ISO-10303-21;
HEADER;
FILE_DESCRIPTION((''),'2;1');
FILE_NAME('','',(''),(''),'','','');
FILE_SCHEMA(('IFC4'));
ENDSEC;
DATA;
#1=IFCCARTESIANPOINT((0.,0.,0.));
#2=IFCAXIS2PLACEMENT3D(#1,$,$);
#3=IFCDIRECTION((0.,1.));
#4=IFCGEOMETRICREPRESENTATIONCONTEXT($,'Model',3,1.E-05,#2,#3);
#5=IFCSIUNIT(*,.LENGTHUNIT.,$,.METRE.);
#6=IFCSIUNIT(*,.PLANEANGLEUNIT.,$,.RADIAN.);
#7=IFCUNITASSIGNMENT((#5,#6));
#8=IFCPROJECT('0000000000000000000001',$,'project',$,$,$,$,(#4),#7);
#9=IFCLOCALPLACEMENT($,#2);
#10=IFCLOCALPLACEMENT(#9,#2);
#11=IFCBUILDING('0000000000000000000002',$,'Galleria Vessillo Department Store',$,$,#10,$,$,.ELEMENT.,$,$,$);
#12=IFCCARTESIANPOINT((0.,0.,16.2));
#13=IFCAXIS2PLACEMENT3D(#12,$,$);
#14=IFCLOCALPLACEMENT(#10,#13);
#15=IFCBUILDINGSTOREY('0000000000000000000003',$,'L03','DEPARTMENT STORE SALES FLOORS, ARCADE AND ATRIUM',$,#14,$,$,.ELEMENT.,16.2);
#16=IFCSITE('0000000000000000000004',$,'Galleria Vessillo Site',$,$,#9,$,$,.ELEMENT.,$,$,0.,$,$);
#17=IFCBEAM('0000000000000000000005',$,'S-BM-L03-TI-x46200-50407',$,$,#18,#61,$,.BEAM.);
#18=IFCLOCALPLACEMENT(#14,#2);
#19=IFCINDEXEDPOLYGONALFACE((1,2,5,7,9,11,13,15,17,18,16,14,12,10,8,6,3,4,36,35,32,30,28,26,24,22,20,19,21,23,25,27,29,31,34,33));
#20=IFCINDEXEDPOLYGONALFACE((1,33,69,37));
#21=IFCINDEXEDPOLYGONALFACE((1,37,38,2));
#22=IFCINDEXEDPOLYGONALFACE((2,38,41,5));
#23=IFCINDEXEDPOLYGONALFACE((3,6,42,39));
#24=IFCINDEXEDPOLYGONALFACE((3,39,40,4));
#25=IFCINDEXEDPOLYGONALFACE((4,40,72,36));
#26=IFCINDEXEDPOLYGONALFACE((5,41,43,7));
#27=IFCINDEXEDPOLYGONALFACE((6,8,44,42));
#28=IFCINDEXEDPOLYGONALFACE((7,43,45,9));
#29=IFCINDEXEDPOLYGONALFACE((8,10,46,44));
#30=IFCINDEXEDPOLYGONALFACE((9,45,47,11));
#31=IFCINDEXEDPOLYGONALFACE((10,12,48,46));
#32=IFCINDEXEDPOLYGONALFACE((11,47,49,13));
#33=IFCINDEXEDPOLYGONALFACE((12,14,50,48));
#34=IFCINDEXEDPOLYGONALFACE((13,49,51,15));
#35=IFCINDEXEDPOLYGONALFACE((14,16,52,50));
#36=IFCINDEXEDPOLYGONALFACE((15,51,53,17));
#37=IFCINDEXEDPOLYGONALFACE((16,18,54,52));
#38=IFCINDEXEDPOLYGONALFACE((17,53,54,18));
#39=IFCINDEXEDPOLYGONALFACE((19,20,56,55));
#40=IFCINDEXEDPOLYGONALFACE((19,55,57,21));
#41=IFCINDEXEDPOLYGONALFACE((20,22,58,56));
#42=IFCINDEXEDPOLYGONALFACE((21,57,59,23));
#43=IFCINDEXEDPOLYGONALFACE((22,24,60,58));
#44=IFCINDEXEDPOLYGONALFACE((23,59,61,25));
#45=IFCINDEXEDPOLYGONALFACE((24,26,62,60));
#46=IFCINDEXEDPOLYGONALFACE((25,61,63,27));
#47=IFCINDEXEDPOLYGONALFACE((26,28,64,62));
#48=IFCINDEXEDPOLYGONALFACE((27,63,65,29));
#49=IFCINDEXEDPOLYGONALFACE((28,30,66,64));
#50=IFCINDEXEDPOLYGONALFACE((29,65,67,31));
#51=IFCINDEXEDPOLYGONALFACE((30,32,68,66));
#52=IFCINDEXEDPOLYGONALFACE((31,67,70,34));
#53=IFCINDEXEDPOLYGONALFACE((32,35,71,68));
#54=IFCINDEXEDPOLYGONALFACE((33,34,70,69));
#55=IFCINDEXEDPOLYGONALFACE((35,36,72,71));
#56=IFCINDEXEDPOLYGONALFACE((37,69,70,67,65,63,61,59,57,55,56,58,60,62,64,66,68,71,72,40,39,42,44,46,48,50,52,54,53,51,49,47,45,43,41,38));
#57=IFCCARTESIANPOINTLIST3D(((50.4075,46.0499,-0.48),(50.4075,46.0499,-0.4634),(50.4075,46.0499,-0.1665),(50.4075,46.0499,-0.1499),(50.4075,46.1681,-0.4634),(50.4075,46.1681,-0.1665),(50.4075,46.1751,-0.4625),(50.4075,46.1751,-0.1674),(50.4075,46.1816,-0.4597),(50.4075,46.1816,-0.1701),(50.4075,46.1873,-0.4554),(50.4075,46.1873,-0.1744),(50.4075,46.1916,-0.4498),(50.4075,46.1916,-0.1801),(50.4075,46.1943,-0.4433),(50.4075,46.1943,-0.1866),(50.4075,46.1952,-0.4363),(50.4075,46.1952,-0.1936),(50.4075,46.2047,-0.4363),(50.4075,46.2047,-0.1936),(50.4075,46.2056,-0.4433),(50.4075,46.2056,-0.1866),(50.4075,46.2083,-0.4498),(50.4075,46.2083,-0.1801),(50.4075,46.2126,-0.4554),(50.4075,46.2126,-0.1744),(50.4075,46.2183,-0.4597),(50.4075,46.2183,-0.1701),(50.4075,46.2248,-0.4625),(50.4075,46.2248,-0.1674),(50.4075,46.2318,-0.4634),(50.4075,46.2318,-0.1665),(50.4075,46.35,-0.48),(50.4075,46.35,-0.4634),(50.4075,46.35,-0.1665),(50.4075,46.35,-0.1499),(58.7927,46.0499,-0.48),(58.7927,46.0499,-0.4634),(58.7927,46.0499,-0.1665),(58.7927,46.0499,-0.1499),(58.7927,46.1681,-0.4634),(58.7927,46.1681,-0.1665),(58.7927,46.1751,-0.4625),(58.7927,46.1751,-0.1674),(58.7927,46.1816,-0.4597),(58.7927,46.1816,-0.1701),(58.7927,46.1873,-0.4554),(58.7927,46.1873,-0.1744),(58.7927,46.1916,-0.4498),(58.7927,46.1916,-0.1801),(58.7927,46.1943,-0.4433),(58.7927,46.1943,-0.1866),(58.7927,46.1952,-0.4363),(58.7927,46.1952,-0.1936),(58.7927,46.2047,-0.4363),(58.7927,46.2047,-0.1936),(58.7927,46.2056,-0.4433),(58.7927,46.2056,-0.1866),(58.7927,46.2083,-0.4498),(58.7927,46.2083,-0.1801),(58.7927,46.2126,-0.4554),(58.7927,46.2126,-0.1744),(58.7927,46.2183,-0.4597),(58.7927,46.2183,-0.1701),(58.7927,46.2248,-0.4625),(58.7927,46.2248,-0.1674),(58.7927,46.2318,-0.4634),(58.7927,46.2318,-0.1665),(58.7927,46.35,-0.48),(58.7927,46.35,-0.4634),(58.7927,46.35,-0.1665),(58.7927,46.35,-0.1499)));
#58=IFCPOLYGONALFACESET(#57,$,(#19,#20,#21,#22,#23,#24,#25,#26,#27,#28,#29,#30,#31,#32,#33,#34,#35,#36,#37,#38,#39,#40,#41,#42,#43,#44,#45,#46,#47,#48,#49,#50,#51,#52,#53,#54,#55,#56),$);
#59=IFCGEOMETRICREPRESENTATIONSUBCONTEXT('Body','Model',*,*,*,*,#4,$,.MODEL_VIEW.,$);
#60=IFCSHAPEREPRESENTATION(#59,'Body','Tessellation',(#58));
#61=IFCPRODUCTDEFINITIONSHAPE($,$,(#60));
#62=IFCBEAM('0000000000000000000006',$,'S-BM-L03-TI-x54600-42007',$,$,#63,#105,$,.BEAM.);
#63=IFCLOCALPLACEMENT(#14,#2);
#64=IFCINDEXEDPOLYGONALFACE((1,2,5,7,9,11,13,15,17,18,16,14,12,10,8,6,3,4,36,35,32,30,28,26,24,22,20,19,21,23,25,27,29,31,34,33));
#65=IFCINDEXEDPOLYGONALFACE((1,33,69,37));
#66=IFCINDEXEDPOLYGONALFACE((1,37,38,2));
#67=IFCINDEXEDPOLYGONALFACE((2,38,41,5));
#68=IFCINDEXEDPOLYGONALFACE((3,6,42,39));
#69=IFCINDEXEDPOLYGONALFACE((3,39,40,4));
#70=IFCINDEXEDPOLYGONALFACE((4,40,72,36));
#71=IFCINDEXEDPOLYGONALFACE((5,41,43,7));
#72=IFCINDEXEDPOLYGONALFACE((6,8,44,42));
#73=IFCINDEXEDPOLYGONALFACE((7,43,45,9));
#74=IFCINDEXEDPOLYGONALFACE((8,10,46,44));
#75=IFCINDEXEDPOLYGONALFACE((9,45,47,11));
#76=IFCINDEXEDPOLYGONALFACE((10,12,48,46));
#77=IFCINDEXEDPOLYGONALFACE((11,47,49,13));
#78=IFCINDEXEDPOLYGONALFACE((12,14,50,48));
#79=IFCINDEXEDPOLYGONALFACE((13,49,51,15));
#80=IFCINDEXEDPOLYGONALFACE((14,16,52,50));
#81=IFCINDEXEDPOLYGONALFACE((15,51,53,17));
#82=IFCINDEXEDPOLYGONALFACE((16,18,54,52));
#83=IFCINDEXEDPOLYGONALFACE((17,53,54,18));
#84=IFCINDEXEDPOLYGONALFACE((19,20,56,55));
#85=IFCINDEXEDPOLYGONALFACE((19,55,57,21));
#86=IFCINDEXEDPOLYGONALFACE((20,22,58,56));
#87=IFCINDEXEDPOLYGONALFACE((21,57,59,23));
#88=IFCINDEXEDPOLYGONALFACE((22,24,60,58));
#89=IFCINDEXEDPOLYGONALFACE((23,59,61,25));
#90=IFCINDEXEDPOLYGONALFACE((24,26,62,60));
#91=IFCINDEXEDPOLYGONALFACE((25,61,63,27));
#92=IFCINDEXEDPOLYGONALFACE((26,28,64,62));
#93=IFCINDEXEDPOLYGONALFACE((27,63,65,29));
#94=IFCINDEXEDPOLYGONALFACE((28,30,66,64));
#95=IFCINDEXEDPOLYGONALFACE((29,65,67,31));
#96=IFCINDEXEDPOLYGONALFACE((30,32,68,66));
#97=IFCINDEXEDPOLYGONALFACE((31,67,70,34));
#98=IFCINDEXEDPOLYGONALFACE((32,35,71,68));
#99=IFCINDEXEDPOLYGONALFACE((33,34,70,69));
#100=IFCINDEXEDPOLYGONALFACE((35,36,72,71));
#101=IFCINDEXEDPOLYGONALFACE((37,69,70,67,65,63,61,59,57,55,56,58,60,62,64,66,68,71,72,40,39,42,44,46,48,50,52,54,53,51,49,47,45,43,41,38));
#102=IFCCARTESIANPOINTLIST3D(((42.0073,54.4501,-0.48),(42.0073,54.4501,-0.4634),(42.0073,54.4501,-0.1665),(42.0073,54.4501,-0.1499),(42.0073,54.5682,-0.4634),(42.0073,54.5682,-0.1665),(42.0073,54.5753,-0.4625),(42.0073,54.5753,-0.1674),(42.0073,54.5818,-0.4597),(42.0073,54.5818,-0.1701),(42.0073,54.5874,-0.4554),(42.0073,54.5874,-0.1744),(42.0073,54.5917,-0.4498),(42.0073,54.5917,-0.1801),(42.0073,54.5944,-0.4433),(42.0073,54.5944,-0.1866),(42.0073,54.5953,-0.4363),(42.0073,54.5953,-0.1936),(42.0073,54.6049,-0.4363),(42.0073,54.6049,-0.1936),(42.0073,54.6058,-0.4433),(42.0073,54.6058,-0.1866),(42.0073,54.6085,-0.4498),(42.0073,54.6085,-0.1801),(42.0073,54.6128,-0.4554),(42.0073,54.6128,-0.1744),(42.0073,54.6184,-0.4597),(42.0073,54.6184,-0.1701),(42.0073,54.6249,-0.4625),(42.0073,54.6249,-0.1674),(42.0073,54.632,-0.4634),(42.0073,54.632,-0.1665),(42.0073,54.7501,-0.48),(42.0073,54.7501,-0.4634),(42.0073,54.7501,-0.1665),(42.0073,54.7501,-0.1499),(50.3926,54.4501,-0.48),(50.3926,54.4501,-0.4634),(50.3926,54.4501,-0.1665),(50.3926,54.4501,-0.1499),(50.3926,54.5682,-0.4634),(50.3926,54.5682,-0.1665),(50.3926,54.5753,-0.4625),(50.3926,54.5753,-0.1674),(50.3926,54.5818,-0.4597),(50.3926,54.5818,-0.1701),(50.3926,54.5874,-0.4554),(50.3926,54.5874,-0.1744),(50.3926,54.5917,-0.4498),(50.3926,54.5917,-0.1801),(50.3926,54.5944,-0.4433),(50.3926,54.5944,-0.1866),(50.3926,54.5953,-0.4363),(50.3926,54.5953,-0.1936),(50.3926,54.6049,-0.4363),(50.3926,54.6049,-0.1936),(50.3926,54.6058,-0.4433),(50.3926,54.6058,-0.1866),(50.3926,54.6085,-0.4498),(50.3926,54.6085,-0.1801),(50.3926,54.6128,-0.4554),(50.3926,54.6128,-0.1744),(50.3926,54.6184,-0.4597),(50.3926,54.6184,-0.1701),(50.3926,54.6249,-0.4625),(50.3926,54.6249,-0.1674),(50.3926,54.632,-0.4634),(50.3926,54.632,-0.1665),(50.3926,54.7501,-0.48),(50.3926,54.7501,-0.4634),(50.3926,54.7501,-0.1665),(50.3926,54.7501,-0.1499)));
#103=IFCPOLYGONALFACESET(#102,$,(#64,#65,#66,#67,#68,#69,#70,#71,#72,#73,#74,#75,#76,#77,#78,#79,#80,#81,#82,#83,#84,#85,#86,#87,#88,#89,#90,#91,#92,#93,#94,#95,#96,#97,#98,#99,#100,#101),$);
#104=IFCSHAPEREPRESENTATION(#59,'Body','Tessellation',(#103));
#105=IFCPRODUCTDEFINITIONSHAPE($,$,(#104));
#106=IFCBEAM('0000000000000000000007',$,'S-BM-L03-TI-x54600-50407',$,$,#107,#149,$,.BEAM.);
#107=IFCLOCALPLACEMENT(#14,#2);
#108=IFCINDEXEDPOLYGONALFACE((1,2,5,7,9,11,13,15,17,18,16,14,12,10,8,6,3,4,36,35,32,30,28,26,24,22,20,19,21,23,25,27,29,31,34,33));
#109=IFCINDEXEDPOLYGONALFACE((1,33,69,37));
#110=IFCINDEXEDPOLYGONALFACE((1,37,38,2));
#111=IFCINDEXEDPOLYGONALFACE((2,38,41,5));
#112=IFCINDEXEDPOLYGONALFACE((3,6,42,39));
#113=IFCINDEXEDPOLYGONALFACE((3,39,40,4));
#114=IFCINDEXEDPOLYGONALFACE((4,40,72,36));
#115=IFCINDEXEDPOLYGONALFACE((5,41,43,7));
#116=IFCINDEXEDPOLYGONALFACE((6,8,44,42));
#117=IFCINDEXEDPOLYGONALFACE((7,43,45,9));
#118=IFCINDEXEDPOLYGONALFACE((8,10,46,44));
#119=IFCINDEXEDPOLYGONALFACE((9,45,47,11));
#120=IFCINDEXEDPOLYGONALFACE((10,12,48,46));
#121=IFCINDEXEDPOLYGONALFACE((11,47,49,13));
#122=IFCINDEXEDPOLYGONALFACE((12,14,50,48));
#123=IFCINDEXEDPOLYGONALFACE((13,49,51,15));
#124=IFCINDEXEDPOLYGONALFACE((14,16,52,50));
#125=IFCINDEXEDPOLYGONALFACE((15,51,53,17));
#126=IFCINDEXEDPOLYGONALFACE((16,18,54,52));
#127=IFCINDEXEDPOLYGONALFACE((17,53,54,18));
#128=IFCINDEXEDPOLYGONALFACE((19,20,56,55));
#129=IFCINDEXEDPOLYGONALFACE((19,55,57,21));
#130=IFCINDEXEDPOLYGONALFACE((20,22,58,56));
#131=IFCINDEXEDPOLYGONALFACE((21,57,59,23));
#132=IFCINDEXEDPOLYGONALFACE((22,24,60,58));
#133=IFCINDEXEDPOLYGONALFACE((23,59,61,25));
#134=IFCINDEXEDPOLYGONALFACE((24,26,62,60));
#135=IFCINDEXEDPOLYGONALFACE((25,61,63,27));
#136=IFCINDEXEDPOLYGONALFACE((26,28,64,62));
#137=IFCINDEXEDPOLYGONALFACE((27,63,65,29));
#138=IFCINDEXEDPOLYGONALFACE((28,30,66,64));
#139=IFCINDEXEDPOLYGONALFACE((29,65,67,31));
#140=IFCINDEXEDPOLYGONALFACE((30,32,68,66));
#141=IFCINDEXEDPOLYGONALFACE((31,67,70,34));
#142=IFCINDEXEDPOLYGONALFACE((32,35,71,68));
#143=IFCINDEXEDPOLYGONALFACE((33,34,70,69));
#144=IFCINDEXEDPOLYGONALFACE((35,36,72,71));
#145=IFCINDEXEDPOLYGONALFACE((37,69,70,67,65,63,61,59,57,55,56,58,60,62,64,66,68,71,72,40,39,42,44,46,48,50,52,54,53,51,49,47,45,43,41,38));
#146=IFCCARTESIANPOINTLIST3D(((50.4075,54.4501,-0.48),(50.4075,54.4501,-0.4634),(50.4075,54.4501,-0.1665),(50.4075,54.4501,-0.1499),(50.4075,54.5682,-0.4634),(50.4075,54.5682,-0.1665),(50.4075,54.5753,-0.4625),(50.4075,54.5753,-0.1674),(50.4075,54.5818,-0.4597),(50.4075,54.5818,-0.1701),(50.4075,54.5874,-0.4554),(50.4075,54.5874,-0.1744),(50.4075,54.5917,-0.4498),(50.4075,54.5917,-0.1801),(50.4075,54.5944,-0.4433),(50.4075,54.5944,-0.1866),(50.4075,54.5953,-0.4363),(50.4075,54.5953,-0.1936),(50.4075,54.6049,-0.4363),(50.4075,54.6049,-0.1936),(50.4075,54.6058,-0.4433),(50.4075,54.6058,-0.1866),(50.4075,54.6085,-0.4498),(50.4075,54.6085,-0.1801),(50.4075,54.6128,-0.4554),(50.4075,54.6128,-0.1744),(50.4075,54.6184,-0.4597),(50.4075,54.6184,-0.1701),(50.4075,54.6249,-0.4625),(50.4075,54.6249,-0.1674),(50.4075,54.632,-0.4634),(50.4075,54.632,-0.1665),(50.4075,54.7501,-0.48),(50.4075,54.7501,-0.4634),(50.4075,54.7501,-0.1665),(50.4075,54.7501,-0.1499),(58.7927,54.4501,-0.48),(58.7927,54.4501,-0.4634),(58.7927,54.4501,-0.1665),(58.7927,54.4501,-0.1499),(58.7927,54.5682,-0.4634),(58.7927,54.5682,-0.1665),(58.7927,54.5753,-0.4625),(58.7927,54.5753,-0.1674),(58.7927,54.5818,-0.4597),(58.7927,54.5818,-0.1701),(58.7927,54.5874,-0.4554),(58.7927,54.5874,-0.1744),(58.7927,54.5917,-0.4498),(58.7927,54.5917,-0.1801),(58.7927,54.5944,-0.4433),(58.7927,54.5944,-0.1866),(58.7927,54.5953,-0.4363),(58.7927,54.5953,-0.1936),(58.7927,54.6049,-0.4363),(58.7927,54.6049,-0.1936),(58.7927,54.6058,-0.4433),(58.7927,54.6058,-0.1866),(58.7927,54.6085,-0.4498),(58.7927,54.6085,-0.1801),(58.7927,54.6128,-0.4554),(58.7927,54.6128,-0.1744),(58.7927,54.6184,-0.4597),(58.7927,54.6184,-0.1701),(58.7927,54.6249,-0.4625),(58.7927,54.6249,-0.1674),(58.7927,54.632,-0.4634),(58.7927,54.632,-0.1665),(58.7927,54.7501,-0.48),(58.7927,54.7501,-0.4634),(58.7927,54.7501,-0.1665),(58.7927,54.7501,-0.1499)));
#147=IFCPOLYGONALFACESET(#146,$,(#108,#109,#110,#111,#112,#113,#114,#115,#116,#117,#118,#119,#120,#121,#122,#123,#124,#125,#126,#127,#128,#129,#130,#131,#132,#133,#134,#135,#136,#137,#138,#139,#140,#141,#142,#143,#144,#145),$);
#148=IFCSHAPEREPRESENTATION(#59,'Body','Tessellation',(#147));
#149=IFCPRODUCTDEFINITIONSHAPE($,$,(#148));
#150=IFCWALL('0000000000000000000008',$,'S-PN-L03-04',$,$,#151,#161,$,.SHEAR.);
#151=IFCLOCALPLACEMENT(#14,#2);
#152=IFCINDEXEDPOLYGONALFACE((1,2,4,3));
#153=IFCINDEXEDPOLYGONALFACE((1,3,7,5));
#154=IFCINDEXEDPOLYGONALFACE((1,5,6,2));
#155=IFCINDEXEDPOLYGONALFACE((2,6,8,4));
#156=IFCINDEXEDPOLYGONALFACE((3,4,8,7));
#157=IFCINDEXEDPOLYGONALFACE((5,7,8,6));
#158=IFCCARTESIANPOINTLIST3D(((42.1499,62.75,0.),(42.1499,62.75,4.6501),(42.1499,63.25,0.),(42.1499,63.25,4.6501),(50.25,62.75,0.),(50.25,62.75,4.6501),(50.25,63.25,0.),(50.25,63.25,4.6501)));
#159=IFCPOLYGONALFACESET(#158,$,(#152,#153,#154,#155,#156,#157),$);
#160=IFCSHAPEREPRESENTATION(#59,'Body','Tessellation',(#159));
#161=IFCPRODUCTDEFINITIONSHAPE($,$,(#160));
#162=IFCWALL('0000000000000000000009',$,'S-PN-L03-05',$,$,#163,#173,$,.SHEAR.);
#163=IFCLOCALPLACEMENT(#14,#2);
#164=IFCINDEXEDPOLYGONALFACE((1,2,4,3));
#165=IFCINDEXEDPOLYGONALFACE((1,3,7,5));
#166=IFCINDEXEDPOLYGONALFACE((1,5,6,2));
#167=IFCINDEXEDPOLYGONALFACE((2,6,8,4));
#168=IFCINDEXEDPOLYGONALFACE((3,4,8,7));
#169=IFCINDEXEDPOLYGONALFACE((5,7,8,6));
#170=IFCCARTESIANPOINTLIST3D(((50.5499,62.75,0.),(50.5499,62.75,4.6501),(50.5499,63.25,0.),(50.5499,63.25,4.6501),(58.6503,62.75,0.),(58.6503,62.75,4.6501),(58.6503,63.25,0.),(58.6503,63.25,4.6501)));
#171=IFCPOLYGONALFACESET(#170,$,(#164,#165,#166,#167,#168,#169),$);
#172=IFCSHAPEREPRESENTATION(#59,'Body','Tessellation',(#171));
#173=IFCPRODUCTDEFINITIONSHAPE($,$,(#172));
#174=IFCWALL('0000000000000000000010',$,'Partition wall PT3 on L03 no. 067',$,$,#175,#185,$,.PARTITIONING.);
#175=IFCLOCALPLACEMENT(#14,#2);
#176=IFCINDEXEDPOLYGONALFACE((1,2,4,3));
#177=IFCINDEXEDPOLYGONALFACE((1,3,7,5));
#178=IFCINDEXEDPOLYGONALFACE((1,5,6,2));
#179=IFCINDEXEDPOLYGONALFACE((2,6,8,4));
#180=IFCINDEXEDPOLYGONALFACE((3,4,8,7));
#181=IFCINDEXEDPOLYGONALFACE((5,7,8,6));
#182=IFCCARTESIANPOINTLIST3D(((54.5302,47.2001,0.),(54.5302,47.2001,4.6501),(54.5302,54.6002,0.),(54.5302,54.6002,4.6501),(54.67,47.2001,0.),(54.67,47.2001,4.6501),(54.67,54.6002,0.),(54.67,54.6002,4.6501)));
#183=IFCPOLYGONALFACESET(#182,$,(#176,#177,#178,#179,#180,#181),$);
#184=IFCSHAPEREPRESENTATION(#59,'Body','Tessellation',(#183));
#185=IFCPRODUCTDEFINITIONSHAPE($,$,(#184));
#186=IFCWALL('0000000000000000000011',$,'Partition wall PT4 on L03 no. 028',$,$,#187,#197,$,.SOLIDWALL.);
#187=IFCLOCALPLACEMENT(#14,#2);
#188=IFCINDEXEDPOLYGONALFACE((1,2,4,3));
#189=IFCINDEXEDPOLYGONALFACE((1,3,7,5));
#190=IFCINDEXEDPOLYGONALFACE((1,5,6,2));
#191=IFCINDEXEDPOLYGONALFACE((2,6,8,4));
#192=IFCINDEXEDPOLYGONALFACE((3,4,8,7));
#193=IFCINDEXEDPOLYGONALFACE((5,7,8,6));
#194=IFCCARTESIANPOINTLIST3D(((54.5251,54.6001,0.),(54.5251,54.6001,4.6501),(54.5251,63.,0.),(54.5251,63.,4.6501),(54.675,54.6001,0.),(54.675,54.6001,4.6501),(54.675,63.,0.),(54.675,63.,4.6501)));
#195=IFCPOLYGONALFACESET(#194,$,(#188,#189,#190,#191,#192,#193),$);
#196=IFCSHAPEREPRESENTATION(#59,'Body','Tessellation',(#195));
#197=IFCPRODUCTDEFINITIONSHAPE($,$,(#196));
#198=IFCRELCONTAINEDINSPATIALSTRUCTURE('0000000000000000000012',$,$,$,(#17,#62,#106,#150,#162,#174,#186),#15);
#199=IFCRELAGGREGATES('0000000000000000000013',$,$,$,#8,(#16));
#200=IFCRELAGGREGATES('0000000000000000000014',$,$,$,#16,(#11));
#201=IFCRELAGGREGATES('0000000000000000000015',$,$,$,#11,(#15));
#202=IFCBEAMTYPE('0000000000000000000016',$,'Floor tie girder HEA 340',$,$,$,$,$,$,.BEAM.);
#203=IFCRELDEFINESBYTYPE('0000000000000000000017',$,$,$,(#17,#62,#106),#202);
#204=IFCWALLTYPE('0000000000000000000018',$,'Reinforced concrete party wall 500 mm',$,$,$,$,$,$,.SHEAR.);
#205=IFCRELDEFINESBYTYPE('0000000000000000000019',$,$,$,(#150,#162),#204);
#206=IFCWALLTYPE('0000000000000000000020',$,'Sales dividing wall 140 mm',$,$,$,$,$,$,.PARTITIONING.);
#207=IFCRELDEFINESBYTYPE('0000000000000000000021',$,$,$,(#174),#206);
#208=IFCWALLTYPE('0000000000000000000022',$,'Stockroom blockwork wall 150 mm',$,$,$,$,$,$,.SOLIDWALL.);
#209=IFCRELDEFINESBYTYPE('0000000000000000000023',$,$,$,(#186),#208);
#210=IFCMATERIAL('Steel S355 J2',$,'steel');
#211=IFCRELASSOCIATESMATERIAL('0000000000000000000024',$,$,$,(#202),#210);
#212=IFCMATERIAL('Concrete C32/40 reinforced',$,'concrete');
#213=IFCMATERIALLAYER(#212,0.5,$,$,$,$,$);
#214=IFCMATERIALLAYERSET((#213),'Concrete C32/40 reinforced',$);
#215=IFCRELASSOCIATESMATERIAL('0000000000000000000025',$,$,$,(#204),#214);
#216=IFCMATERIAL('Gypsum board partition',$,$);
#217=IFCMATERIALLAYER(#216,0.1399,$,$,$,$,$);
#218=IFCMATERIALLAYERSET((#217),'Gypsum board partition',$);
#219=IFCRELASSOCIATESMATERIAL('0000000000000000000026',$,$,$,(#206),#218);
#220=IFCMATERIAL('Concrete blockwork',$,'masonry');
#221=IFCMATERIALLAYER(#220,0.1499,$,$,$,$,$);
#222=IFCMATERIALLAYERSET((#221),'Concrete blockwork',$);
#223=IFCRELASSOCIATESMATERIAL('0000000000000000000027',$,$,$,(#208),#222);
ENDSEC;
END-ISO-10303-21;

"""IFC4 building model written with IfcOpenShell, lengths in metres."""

from ifc_helpers import new_model, si_unit, direction, frame, frame_2d, origin, origin_2d, place, context, subcontext, project, spatial, rectangle, i_section, extrude, material, layer, layer_set, material_profile, profile_set, type_object, element, save


model = new_model("IFC4")

# Units and contexts
model_context = context("Model", 3, precision=1e-05, world=origin(), true_north=direction((0.0, 1.0)))
body_context = subcontext(model_context, "Body", "Model", "MODEL_VIEW")
ifc_project = project(units=[si_unit("LENGTHUNIT", "METRE"), si_unit("PLANEANGLEUNIT", "RADIAN")], contexts=[model_context])

# Site, building, storey
site_placement = place(None, origin())
site = spatial("IfcSite", under=ifc_project, at=site_placement, Name="Galleria Vessillo Site", CompositionType="ELEMENT", RefElevation=0.0)
building_placement = place(site_placement, origin())
building = spatial("IfcBuilding", under=site, at=building_placement, Name="Galleria Vessillo Department Store", CompositionType="ELEMENT")
storey_placement = place(building_placement, frame((0.0, 0.0, 16.2)))
storey = spatial("IfcBuildingStorey", under=building, at=storey_placement, Name="L03", Description="DEPARTMENT STORE SALES FLOORS, ARCADE AND ATRIUM", CompositionType="ELEMENT", Elevation=16.2)

# Beams
ifc_material_1 = material(Name="Steel S355 J2", Category="steel")
ifc_material_profile_1 = material_profile(ifc_material_1, i_section(OverallWidth=0.3, OverallDepth=0.3301, WebThickness=0.0095, FlangeThickness=0.0166, FilletRadius=0.0271, at=origin_2d()), Name="HEA 340")
ifc_profile_set_1 = profile_set([ifc_material_profile_1], Name="Steel S355 J2")
beam_type_1 = type_object("IfcBeamType", Name="Floor tie girder HEA 340", PredefinedType="BEAM", material=ifc_profile_set_1)
for number, where, z_axis, x_axis, name in (
    (1, (50.4075, 46.2, -0.3149), (1.0, 0.0, 0.0), (0.0, 1.0, 0.0), "S-BM-L03-TI-x46200-50407"),
    (2, (42.0073, 54.6001, -0.3149), (1.0, 0.0, 0.0), (0.0, 1.0, 0.0), "S-BM-L03-TI-x54600-42007"),
    (3, (50.4075, 54.6001, -0.3149), (1.0, 0.0, 0.0), (0.0, 1.0, 0.0), "S-BM-L03-TI-x54600-50407"),
):
    element("IfcBeam", number, at=place(storey_placement, frame(where, z_axis=z_axis, x_axis=x_axis)), inside=storey, type_object=beam_type_1, Name=name, PredefinedType="BEAM", context=body_context, shape_type="SweptSolid", body=[
        extrude(i_section(OverallWidth=0.3, OverallDepth=0.3301, WebThickness=0.0095, FlangeThickness=0.0166, FilletRadius=0.0271, at=origin_2d()), origin(), (0.0, 0.0, 1.0), 8.3853),
    ])

# Walls
ifc_material_2 = material(Name="Concrete C32/40 reinforced", Category="concrete")
ifc_layer_1 = layer(ifc_material_2, 0.5)
ifc_layer_set_1 = layer_set([ifc_layer_1], Name="Concrete C32/40 reinforced")
wall_type_1 = type_object("IfcWallType", Name="Reinforced concrete party wall 500 mm", PredefinedType="SHEAR", material=ifc_layer_set_1)
wall_1_placement = place(storey_placement, frame((42.1499, 63.0, 0.0), z_axis=(0.0, 0.0, 1.0), x_axis=(1.0, 0.0, 0.0)))
element("IfcWall", 4, at=wall_1_placement, inside=storey, type_object=wall_type_1, Name="S-PN-L03-04", PredefinedType="SHEAR", context=body_context, shape_type="SweptSolid", body=[
    extrude(rectangle(XDim=8.1001, YDim=0.5, at=frame_2d((4.05, 0.0))), origin(), (0.0, 0.0, 1.0), 4.6501),
])
wall_2_placement = place(storey_placement, frame((50.5498, 63.0, 0.0), z_axis=(0.0, 0.0, 1.0), x_axis=(1.0, 0.0, 0.0)))
element("IfcWall", 5, at=wall_2_placement, inside=storey, type_object=wall_type_1, Name="S-PN-L03-05", PredefinedType="SHEAR", context=body_context, shape_type="SweptSolid", body=[
    extrude(rectangle(XDim=8.1003, YDim=0.5, at=frame_2d((4.0503, 0.0))), origin(), (0.0, 0.0, 1.0), 4.6501),
])
ifc_material_3 = material(Name="Gypsum board partition")
ifc_layer_2 = layer(ifc_material_3, 0.1399)
ifc_layer_set_2 = layer_set([ifc_layer_2], Name="Gypsum board partition")
wall_type_2 = type_object("IfcWallType", Name="Sales dividing wall 140 mm", PredefinedType="PARTITIONING", material=ifc_layer_set_2)
wall_3_placement = place(storey_placement, frame((54.6001, 47.2, 0.0), z_axis=(0.0, 0.0, 1.0), x_axis=(0.0, 1.0, 0.0)))
element("IfcWall", 6, at=wall_3_placement, inside=storey, type_object=wall_type_2, Name="Partition wall PT3 on L03 no. 067", PredefinedType="PARTITIONING", context=body_context, shape_type="SweptSolid", body=[
    extrude(rectangle(XDim=7.4001, YDim=0.1399, at=frame_2d((3.7002, 0.0))), origin(), (0.0, 0.0, 1.0), 4.6501),
])
ifc_material_4 = material(Name="Concrete blockwork", Category="masonry")
ifc_layer_3 = layer(ifc_material_4, 0.1499)
ifc_layer_set_3 = layer_set([ifc_layer_3], Name="Concrete blockwork")
wall_type_3 = type_object("IfcWallType", Name="Stockroom blockwork wall 150 mm", PredefinedType="SOLIDWALL", material=ifc_layer_set_3)
wall_4_placement = place(storey_placement, frame((54.6001, 54.6001, 0.0), z_axis=(0.0, 0.0, 1.0), x_axis=(0.0, 1.0, 0.0)))
element("IfcWall", 7, at=wall_4_placement, inside=storey, type_object=wall_type_3, Name="Partition wall PT4 on L03 no. 028", PredefinedType="SOLIDWALL", context=body_context, shape_type="SweptSolid", body=[
    extrude(rectangle(XDim=8.3999, YDim=0.1499, at=frame_2d((4.2, 0.0))), origin(), (0.0, 0.0, 1.0), 4.6501),
])

save(model, "model.ifc")
